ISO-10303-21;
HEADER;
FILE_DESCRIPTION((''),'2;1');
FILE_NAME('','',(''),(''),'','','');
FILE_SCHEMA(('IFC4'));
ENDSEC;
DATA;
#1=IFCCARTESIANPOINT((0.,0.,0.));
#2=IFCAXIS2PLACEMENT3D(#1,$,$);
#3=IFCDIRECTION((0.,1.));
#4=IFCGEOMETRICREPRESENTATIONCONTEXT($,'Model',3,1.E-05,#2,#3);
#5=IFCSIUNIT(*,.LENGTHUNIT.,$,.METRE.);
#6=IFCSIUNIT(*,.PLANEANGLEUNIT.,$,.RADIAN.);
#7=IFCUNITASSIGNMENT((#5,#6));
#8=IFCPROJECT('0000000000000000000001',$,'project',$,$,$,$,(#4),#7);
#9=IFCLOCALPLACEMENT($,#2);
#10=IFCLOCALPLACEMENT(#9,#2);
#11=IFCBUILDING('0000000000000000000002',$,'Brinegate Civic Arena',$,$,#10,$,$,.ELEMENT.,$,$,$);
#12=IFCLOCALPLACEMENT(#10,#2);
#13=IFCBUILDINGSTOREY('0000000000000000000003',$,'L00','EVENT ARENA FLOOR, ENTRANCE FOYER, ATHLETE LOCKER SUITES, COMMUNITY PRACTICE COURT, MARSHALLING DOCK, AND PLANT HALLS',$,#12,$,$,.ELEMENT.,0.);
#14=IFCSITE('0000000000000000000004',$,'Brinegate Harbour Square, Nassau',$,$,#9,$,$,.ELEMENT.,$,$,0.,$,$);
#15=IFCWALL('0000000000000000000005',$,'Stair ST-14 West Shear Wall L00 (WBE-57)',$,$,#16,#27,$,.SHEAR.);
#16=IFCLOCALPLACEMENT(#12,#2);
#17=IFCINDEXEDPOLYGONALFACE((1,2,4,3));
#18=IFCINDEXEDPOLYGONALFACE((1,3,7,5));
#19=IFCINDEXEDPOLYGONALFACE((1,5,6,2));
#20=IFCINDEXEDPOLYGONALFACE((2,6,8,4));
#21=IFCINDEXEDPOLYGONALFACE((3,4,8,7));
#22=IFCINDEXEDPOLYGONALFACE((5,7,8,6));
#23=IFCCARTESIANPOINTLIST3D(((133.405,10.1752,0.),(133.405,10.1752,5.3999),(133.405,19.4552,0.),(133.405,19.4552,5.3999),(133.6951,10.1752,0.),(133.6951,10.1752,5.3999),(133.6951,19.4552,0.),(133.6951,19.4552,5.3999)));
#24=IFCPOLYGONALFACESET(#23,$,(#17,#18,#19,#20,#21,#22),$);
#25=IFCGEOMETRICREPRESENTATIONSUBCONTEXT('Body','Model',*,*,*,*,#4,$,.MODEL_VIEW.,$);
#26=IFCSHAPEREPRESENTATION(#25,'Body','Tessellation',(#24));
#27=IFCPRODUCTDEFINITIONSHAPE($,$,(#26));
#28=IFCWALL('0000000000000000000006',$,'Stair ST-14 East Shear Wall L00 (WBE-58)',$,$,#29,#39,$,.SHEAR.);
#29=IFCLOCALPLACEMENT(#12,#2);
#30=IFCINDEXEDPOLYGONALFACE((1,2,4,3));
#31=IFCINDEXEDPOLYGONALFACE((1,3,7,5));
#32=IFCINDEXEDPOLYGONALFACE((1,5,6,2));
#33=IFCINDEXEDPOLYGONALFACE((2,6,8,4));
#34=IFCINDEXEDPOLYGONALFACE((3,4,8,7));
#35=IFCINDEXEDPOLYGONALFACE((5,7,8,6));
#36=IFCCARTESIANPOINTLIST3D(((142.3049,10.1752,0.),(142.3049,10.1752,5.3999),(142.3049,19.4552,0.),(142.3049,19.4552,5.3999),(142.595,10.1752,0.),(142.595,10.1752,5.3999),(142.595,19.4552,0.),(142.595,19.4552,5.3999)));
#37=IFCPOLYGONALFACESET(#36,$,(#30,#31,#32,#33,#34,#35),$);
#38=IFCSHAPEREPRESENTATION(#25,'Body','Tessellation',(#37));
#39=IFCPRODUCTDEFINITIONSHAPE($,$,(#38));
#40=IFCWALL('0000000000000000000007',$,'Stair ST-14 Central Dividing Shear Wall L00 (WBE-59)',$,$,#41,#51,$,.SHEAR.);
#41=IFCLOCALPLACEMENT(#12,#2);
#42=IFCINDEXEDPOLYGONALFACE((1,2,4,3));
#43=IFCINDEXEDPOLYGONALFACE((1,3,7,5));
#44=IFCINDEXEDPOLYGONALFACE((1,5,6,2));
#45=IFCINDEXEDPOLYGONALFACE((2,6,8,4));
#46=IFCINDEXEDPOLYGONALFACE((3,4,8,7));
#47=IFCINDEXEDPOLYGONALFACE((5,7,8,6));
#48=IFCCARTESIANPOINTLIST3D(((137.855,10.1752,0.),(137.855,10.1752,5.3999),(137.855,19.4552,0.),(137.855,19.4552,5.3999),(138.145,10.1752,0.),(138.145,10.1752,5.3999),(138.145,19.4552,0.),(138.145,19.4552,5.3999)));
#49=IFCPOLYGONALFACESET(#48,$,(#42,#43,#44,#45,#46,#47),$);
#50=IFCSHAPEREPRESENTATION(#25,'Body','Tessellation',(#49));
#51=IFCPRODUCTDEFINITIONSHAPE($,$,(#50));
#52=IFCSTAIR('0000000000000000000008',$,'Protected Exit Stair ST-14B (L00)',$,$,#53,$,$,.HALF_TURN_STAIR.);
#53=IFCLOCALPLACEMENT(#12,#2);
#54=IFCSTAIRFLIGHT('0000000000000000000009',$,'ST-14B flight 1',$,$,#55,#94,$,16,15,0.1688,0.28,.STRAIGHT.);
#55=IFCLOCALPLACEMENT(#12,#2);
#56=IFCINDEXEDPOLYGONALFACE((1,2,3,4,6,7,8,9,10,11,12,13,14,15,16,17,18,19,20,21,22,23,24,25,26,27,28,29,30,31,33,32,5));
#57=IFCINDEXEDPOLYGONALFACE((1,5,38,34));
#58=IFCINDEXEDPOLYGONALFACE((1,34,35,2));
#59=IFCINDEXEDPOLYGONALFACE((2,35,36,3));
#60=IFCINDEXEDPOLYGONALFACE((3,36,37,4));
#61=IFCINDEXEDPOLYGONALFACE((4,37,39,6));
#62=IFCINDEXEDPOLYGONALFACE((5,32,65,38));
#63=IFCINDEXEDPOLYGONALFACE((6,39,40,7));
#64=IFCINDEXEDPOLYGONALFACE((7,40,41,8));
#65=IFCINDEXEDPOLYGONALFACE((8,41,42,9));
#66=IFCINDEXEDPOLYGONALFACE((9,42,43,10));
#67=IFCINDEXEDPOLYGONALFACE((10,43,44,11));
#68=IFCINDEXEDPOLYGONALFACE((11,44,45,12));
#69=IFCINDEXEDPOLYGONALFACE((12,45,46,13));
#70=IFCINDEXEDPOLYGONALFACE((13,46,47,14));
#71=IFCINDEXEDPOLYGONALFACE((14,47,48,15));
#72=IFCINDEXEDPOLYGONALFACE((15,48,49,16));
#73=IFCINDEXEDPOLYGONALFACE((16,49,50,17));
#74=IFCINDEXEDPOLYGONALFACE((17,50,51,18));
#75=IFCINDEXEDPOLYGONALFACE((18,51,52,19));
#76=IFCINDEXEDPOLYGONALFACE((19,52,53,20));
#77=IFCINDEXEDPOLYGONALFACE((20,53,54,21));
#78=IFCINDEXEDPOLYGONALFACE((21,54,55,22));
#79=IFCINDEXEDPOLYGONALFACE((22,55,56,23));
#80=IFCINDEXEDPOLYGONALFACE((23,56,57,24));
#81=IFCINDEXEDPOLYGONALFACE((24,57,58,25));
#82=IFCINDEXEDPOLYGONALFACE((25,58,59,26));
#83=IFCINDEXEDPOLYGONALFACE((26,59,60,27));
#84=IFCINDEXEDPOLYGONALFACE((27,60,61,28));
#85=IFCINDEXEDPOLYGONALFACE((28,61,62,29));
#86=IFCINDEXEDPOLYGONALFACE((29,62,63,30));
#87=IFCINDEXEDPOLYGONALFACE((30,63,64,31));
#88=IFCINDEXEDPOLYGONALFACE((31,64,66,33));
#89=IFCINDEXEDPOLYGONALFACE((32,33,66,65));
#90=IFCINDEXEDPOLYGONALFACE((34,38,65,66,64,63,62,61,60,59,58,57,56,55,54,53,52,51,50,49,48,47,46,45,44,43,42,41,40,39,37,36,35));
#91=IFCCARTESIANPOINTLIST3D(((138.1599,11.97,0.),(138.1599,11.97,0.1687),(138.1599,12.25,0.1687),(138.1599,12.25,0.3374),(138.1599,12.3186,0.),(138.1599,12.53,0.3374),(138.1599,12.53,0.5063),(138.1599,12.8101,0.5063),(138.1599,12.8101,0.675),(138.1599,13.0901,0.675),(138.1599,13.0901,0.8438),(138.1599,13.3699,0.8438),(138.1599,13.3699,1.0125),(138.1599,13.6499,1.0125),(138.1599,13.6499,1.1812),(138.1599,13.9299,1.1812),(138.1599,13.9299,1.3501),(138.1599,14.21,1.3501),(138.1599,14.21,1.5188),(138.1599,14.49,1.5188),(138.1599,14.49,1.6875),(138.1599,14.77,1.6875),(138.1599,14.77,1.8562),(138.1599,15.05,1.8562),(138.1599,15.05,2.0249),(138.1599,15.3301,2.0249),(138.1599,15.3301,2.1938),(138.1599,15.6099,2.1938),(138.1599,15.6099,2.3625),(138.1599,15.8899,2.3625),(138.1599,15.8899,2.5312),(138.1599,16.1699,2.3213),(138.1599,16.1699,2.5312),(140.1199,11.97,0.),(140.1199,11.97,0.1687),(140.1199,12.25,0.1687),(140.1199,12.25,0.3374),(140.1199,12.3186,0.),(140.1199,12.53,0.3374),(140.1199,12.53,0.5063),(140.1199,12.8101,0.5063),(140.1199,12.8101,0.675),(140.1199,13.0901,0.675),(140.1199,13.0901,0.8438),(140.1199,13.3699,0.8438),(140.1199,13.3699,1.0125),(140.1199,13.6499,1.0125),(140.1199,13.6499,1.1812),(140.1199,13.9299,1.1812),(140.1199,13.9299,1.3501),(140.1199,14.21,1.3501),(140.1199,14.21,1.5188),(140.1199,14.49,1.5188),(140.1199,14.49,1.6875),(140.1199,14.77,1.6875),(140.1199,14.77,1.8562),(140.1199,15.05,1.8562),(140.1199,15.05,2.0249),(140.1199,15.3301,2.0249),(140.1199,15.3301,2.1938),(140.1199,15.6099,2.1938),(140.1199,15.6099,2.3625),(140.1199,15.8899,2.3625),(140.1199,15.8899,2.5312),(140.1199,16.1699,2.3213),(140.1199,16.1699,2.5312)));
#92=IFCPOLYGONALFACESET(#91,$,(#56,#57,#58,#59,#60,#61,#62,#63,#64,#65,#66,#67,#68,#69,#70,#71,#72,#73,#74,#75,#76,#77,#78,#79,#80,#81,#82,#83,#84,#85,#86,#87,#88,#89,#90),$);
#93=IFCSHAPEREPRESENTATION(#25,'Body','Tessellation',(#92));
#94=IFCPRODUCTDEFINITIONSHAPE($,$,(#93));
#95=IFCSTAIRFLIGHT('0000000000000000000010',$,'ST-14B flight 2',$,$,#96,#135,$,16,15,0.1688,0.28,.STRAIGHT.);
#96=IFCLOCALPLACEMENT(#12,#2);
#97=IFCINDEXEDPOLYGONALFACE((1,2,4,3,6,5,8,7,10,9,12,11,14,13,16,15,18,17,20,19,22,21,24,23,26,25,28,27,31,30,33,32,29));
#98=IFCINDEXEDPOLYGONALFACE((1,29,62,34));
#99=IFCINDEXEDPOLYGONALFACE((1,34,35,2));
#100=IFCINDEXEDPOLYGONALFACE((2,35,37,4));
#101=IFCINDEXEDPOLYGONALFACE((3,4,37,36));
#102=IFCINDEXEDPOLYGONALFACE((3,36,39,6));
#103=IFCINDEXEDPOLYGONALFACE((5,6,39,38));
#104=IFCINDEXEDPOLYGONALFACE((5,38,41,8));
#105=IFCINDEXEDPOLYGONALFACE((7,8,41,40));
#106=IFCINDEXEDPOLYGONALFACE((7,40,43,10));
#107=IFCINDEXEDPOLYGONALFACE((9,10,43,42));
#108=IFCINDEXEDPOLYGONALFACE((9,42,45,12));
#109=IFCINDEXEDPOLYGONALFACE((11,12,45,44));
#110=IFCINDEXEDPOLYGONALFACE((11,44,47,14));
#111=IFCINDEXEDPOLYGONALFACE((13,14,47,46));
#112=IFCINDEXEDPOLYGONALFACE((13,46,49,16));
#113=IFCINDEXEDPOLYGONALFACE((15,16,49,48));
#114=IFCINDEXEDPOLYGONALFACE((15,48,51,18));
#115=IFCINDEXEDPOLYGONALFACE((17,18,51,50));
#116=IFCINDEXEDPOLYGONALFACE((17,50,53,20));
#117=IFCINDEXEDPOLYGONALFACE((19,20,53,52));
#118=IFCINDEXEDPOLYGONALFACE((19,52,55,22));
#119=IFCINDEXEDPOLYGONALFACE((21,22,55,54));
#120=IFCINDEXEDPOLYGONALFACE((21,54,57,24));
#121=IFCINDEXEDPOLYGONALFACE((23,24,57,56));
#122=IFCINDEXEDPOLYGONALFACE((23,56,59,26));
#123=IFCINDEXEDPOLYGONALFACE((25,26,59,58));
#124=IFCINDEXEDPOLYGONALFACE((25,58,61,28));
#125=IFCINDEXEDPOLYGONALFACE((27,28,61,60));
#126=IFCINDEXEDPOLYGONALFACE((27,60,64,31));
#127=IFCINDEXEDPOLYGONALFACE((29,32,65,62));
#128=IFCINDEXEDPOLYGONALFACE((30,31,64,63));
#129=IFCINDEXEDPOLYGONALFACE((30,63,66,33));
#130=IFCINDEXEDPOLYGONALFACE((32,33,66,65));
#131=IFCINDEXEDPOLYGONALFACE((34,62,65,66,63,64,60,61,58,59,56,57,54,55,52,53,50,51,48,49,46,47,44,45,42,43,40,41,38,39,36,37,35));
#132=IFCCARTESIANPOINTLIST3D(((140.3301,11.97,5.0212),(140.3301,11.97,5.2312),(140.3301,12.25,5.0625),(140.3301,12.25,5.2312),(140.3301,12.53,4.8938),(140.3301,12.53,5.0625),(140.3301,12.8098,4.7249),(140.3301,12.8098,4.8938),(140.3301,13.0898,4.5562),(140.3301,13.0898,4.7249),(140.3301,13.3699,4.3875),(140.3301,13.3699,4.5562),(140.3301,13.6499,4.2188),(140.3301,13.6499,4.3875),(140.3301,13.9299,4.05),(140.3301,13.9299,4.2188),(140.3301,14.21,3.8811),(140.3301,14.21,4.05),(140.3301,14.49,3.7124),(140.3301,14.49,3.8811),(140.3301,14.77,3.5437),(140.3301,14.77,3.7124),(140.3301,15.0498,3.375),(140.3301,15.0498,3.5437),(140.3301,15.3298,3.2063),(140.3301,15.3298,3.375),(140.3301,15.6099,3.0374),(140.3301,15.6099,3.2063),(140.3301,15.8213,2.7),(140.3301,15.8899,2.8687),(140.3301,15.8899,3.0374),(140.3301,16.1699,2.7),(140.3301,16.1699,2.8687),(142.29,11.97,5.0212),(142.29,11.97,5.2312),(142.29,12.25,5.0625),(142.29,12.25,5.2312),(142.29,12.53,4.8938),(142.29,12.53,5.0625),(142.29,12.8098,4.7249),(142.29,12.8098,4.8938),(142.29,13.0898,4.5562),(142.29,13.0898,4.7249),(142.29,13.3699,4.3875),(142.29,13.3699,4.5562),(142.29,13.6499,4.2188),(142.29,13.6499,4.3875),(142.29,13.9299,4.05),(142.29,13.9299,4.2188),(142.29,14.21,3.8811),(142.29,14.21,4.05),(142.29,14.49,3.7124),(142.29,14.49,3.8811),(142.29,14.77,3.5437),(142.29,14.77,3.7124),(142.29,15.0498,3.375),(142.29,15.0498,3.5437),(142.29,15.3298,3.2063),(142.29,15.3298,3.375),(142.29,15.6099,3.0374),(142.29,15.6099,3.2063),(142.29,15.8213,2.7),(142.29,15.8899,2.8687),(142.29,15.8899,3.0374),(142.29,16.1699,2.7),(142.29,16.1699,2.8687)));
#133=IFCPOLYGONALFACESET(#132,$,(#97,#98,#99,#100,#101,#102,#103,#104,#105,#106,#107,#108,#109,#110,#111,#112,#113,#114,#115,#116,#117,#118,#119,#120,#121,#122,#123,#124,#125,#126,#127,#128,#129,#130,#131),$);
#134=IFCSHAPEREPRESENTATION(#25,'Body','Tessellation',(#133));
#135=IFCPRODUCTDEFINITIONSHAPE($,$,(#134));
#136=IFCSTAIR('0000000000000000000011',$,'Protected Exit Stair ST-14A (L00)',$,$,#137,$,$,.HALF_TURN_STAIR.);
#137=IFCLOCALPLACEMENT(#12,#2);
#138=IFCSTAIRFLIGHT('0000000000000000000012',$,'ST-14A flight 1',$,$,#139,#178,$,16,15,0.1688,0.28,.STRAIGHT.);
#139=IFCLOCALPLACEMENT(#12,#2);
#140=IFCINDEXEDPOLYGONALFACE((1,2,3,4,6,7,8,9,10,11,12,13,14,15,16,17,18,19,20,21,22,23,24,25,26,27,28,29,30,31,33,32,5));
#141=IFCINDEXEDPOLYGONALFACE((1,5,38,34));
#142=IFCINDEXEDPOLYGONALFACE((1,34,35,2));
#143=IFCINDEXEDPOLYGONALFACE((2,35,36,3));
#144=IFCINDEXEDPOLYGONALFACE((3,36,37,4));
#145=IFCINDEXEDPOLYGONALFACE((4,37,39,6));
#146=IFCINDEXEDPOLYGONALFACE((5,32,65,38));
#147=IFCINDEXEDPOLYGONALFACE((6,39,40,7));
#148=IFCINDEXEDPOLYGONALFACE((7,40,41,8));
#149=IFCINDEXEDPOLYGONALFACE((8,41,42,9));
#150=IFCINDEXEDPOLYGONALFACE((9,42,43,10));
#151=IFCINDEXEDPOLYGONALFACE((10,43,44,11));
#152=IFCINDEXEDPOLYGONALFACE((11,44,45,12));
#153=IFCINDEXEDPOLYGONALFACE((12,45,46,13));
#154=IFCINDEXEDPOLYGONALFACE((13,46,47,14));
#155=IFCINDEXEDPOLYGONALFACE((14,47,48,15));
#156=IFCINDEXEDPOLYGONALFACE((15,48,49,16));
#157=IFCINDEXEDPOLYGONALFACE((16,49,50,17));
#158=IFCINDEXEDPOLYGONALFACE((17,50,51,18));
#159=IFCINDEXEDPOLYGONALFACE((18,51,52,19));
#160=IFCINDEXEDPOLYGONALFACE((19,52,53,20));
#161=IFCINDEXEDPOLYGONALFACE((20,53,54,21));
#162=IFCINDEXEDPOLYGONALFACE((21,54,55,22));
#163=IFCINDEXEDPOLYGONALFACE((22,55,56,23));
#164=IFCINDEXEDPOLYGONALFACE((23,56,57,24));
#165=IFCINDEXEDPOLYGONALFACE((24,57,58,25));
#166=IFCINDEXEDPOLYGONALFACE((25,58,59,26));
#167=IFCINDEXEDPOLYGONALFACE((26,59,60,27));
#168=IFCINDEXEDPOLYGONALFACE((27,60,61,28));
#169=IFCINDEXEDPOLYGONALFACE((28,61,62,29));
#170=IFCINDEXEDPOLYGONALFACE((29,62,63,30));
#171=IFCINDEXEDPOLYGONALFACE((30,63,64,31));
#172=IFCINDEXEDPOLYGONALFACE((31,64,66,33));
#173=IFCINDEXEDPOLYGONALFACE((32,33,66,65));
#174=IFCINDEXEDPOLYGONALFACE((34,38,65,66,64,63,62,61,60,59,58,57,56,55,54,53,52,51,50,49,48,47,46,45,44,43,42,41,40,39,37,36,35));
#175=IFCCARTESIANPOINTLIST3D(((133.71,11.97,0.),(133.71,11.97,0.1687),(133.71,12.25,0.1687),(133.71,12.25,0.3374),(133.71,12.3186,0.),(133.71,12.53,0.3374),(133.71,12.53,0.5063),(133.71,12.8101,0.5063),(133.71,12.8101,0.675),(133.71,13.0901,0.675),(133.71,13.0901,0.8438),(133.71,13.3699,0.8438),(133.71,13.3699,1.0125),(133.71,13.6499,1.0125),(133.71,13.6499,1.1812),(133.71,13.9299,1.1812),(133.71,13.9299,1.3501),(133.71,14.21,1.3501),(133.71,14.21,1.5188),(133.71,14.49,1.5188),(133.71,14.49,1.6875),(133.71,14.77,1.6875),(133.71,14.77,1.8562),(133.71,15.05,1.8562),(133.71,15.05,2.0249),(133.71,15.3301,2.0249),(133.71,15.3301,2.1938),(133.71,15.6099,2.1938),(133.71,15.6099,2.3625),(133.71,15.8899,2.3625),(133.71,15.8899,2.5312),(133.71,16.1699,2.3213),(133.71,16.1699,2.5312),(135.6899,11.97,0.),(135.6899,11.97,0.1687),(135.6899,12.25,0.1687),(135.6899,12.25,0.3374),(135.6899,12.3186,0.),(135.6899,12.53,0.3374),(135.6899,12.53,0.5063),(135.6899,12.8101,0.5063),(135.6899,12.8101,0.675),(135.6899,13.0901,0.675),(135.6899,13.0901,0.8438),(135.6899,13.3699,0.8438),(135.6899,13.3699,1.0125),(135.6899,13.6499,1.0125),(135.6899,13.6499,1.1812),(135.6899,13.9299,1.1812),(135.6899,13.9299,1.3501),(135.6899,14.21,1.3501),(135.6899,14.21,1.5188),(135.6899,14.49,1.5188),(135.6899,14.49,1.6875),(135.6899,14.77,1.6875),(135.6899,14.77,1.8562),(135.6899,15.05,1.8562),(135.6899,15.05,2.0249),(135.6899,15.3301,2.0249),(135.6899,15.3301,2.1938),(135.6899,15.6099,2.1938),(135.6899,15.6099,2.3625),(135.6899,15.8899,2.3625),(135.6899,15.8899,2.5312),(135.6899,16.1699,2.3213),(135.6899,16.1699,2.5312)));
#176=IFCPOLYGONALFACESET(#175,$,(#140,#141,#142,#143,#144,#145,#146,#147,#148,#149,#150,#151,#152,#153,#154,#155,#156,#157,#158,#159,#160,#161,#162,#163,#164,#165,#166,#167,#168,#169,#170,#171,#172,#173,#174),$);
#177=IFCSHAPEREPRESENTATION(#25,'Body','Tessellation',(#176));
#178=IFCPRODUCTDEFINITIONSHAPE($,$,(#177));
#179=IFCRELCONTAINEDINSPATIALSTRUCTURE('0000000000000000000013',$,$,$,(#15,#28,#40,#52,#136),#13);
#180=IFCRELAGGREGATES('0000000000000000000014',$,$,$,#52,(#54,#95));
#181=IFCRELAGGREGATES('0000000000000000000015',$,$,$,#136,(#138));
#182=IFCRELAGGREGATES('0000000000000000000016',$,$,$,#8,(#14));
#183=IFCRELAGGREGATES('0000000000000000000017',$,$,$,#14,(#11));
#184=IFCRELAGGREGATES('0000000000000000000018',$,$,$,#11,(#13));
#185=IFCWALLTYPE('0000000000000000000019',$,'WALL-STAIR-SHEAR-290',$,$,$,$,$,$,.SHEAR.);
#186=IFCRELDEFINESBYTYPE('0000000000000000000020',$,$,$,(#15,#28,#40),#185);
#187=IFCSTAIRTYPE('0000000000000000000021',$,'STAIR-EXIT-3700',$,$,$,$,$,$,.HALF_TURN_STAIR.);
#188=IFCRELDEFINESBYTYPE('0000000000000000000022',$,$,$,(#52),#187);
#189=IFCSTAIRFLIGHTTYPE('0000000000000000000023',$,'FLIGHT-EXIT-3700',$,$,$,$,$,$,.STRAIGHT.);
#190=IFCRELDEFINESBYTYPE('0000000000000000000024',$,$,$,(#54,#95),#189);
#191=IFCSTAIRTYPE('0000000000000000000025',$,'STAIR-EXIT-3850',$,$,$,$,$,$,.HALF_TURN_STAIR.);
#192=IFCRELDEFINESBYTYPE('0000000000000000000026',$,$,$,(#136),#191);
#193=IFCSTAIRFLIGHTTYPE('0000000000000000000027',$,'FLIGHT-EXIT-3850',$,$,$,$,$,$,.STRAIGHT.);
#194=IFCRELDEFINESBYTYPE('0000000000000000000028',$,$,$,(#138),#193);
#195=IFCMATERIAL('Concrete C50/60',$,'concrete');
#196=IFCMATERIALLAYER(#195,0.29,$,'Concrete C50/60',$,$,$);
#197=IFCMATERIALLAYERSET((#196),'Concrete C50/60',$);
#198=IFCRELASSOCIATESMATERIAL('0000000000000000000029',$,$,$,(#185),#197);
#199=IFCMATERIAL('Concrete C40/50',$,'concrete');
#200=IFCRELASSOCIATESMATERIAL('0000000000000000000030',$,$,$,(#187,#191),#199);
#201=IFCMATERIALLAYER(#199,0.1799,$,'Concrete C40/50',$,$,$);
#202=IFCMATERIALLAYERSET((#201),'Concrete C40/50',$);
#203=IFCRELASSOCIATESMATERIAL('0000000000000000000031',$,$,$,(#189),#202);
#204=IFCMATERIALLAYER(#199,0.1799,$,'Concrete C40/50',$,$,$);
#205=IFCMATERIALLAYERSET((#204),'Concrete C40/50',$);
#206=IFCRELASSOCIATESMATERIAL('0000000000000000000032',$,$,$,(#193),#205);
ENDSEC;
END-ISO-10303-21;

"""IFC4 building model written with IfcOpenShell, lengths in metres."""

from ifc_helpers import new_model, si_unit, direction, frame, frame_2d, origin, place, context, subcontext, project, spatial, polyline, rectangle, outline, extrude, material, layer, layer_set, type_object, element, aggregate, save


model = new_model("IFC4")

# Units and contexts
model_context = context("Model", 3, precision=1e-05, world=origin(), true_north=direction((0.0, 1.0)))
body_context = subcontext(model_context, "Body", "Model", "MODEL_VIEW")
ifc_project = project(units=[si_unit("LENGTHUNIT", "METRE"), si_unit("PLANEANGLEUNIT", "RADIAN")], contexts=[model_context])

# Site, building, storey
site_placement = place(None, origin())
site = spatial("IfcSite", under=ifc_project, at=site_placement, Name="Brinegate Harbour Square, Nassau", CompositionType="ELEMENT", RefElevation=0.0)
building_placement = place(site_placement, origin())
building = spatial("IfcBuilding", under=site, at=building_placement, Name="Brinegate Civic Arena", CompositionType="ELEMENT")
storey_placement = place(building_placement, origin())
storey = spatial("IfcBuildingStorey", under=building, at=storey_placement, Name="L00", Description="EVENT ARENA FLOOR, ENTRANCE FOYER, ATHLETE LOCKER SUITES, COMMUNITY PRACTICE COURT, MARSHALLING DOCK, AND PLANT HALLS", CompositionType="ELEMENT", Elevation=0.0)

# Shared definitions
ifc_material_1 = material(Name="Concrete C40/50", Category="concrete")

# Walls
ifc_material_2 = material(Name="Concrete C50/60", Category="concrete")
ifc_layer_1 = layer(ifc_material_2, 0.29, Name="Concrete C50/60")
ifc_layer_set_1 = layer_set([ifc_layer_1], Name="Concrete C50/60")
wall_type = type_object("IfcWallType", Name="WALL-STAIR-SHEAR-290", PredefinedType="SHEAR", material=ifc_layer_set_1)
for number, where, z_axis, x_axis, name in (
    (1, (133.55, 10.175, 0.0), (0.0, 0.0, 1.0), (0.0, 1.0, 0.0), "Stair ST-14 West Shear Wall L00 (WBE-57)"),
    (2, (142.45, 10.175, 0.0), (0.0, 0.0, 1.0), (0.0, 1.0, 0.0), "Stair ST-14 East Shear Wall L00 (WBE-58)"),
    (3, (138.0, 10.175, 0.0), (0.0, 0.0, 1.0), (0.0, 1.0, 0.0), "Stair ST-14 Central Dividing Shear Wall L00 (WBE-59)"),
):
    element("IfcWall", number, at=place(storey_placement, frame(where, z_axis=z_axis, x_axis=x_axis)), inside=storey, type_object=wall_type, Name=name, PredefinedType="SHEAR", context=body_context, shape_type="SweptSolid", body=[
        extrude(rectangle(XDim=9.28, YDim=0.29, at=frame_2d((4.6401, 0.0))), origin(), (0.0, 0.0, 1.0), 5.3999),
    ])

# Stairs, stair flights
stair_type_1 = type_object("IfcStairType", Name="STAIR-EXIT-3700", PredefinedType="HALF_TURN_STAIR", material=ifc_material_1)
stair_1_placement = place(storey_placement, origin())
stair_1 = element("IfcStair", 4, at=stair_1_placement, inside=storey, type_object=stair_type_1, Name="Protected Exit Stair ST-14B (L00)", PredefinedType="HALF_TURN_STAIR")
ifc_layer_2 = layer(ifc_material_1, 0.1799, Name="Concrete C40/50")
ifc_layer_set_2 = layer_set([ifc_layer_2], Name="Concrete C40/50")
stair_flight_type_1 = type_object("IfcStairFlightType", Name="FLIGHT-EXIT-3700", PredefinedType="STRAIGHT", material=ifc_layer_set_2)
stair_flight_1_placement = place(storey_placement, frame((139.1399, 11.97, 0.0), z_axis=(0.0, 0.0, 1.0), x_axis=(0.0, 1.0, 0.0)))
stair_flight_1 = element("IfcStairFlight", 5, at=stair_flight_1_placement, type_object=stair_flight_type_1, Name="ST-14B flight 1", NumberOfRisers=16, NumberOfTreads=15, PredefinedType="STRAIGHT", RiserHeight=0.1688, TreadLength=0.28, context=body_context, shape_type="SweptSolid", body=[
    extrude(outline(polyline([(0.0, 0.0), (0.0, 0.1687), (0.28, 0.1687), (0.28, 0.3374), (0.5601, 0.3374), (0.5601, 0.5063), (0.8401, 0.5063), (0.8401, 0.675), (1.1201, 0.675), (1.1201, 0.8438), (1.3999, 0.8438), (1.3999, 1.0125), (1.6799, 1.0125), (1.6799, 1.1812), (1.96, 1.1812), (1.96, 1.3501), (2.24, 1.3501), (2.24, 1.5188), (2.52, 1.5188), (2.52, 1.6875), (2.8, 1.6875), (2.8, 1.8562), (3.0801, 1.8562), (3.0801, 2.0249), (3.3601, 2.0249), (3.3601, 2.1938), (3.6399, 2.1938), (3.6399, 2.3625), (3.9199, 2.3625), (3.9199, 2.5312), (4.2, 2.5312), (4.2, 2.7), (4.2, 2.3213), (0.3486, 0.0), (0.0, 0.0)])), frame((0.0, 0.98, 0.0), z_axis=(0.0, -1.0, 0.0), x_axis=(1.0, 0.0, 0.0)), (0.0, 0.0, 1.0), 1.96),
])
stair_flight_2_placement = place(storey_placement, frame((141.3101, 16.1699, 2.7), z_axis=(0.0, 0.0, 1.0), x_axis=(0.0, -1.0, 0.0)))
stair_flight_2 = element("IfcStairFlight", 6, at=stair_flight_2_placement, type_object=stair_flight_type_1, Name="ST-14B flight 2", NumberOfRisers=16, NumberOfTreads=15, PredefinedType="STRAIGHT", RiserHeight=0.1688, TreadLength=0.28, context=body_context, shape_type="SweptSolid", body=[
    extrude(outline(polyline([(0.0, 0.0), (0.0, 0.1687), (0.28, 0.1687), (0.28, 0.3374), (0.5601, 0.3374), (0.5601, 0.5063), (0.8401, 0.5063), (0.8401, 0.675), (1.1201, 0.675), (1.1201, 0.8438), (1.3999, 0.8438), (1.3999, 1.0125), (1.6799, 1.0125), (1.6799, 1.1812), (1.96, 1.1812), (1.96, 1.3501), (2.24, 1.3501), (2.24, 1.5188), (2.52, 1.5188), (2.52, 1.6875), (2.8, 1.6875), (2.8, 1.8562), (3.0801, 1.8562), (3.0801, 2.0249), (3.3601, 2.0249), (3.3601, 2.1938), (3.6399, 2.1938), (3.6399, 2.3625), (3.9199, 2.3625), (3.9199, 2.5312), (4.2, 2.5312), (4.2, 2.7), (4.2, 2.3213), (0.3486, 0.0), (0.0, 0.0)])), frame((0.0, 0.98, 0.0), z_axis=(0.0, -1.0, 0.0), x_axis=(1.0, 0.0, 0.0)), (0.0, 0.0, 1.0), 1.96),
])
aggregate(stair_1, [stair_flight_1, stair_flight_2])
stair_type_2 = type_object("IfcStairType", Name="STAIR-EXIT-3850", PredefinedType="HALF_TURN_STAIR", material=ifc_material_1)
stair_2_placement = place(storey_placement, origin())
stair_2 = element("IfcStair", 7, at=stair_2_placement, inside=storey, type_object=stair_type_2, Name="Protected Exit Stair ST-14A (L00)", PredefinedType="HALF_TURN_STAIR")
ifc_layer_3 = layer(ifc_material_1, 0.1799, Name="Concrete C40/50")
ifc_layer_set_3 = layer_set([ifc_layer_3], Name="Concrete C40/50")
stair_flight_type_2 = type_object("IfcStairFlightType", Name="FLIGHT-EXIT-3850", PredefinedType="STRAIGHT", material=ifc_layer_set_3)
stair_flight_3_placement = place(storey_placement, frame((134.7, 11.97, 0.0), z_axis=(0.0, 0.0, 1.0), x_axis=(0.0, 1.0, 0.0)))
stair_flight_3 = element("IfcStairFlight", 8, at=stair_flight_3_placement, type_object=stair_flight_type_2, Name="ST-14A flight 1", NumberOfRisers=16, NumberOfTreads=15, PredefinedType="STRAIGHT", RiserHeight=0.1688, TreadLength=0.28, context=body_context, shape_type="SweptSolid", body=[
    extrude(outline(polyline([(0.0, 0.0), (0.0, 0.1687), (0.28, 0.1687), (0.28, 0.3374), (0.5601, 0.3374), (0.5601, 0.5063), (0.8401, 0.5063), (0.8401, 0.675), (1.1201, 0.675), (1.1201, 0.8438), (1.3999, 0.8438), (1.3999, 1.0125), (1.6799, 1.0125), (1.6799, 1.1812), (1.96, 1.1812), (1.96, 1.3501), (2.24, 1.3501), (2.24, 1.5188), (2.52, 1.5188), (2.52, 1.6875), (2.8, 1.6875), (2.8, 1.8562), (3.0801, 1.8562), (3.0801, 2.0249), (3.3601, 2.0249), (3.3601, 2.1938), (3.6399, 2.1938), (3.6399, 2.3625), (3.9199, 2.3625), (3.9199, 2.5312), (4.2, 2.5312), (4.2, 2.7), (4.2, 2.3213), (0.3486, 0.0), (0.0, 0.0)])), frame((0.0, 0.99, 0.0), z_axis=(0.0, -1.0, 0.0), x_axis=(1.0, 0.0, 0.0)), (0.0, 0.0, 1.0), 1.98),
])
aggregate(stair_2, [stair_flight_3])

save(model, "model.ifc")
